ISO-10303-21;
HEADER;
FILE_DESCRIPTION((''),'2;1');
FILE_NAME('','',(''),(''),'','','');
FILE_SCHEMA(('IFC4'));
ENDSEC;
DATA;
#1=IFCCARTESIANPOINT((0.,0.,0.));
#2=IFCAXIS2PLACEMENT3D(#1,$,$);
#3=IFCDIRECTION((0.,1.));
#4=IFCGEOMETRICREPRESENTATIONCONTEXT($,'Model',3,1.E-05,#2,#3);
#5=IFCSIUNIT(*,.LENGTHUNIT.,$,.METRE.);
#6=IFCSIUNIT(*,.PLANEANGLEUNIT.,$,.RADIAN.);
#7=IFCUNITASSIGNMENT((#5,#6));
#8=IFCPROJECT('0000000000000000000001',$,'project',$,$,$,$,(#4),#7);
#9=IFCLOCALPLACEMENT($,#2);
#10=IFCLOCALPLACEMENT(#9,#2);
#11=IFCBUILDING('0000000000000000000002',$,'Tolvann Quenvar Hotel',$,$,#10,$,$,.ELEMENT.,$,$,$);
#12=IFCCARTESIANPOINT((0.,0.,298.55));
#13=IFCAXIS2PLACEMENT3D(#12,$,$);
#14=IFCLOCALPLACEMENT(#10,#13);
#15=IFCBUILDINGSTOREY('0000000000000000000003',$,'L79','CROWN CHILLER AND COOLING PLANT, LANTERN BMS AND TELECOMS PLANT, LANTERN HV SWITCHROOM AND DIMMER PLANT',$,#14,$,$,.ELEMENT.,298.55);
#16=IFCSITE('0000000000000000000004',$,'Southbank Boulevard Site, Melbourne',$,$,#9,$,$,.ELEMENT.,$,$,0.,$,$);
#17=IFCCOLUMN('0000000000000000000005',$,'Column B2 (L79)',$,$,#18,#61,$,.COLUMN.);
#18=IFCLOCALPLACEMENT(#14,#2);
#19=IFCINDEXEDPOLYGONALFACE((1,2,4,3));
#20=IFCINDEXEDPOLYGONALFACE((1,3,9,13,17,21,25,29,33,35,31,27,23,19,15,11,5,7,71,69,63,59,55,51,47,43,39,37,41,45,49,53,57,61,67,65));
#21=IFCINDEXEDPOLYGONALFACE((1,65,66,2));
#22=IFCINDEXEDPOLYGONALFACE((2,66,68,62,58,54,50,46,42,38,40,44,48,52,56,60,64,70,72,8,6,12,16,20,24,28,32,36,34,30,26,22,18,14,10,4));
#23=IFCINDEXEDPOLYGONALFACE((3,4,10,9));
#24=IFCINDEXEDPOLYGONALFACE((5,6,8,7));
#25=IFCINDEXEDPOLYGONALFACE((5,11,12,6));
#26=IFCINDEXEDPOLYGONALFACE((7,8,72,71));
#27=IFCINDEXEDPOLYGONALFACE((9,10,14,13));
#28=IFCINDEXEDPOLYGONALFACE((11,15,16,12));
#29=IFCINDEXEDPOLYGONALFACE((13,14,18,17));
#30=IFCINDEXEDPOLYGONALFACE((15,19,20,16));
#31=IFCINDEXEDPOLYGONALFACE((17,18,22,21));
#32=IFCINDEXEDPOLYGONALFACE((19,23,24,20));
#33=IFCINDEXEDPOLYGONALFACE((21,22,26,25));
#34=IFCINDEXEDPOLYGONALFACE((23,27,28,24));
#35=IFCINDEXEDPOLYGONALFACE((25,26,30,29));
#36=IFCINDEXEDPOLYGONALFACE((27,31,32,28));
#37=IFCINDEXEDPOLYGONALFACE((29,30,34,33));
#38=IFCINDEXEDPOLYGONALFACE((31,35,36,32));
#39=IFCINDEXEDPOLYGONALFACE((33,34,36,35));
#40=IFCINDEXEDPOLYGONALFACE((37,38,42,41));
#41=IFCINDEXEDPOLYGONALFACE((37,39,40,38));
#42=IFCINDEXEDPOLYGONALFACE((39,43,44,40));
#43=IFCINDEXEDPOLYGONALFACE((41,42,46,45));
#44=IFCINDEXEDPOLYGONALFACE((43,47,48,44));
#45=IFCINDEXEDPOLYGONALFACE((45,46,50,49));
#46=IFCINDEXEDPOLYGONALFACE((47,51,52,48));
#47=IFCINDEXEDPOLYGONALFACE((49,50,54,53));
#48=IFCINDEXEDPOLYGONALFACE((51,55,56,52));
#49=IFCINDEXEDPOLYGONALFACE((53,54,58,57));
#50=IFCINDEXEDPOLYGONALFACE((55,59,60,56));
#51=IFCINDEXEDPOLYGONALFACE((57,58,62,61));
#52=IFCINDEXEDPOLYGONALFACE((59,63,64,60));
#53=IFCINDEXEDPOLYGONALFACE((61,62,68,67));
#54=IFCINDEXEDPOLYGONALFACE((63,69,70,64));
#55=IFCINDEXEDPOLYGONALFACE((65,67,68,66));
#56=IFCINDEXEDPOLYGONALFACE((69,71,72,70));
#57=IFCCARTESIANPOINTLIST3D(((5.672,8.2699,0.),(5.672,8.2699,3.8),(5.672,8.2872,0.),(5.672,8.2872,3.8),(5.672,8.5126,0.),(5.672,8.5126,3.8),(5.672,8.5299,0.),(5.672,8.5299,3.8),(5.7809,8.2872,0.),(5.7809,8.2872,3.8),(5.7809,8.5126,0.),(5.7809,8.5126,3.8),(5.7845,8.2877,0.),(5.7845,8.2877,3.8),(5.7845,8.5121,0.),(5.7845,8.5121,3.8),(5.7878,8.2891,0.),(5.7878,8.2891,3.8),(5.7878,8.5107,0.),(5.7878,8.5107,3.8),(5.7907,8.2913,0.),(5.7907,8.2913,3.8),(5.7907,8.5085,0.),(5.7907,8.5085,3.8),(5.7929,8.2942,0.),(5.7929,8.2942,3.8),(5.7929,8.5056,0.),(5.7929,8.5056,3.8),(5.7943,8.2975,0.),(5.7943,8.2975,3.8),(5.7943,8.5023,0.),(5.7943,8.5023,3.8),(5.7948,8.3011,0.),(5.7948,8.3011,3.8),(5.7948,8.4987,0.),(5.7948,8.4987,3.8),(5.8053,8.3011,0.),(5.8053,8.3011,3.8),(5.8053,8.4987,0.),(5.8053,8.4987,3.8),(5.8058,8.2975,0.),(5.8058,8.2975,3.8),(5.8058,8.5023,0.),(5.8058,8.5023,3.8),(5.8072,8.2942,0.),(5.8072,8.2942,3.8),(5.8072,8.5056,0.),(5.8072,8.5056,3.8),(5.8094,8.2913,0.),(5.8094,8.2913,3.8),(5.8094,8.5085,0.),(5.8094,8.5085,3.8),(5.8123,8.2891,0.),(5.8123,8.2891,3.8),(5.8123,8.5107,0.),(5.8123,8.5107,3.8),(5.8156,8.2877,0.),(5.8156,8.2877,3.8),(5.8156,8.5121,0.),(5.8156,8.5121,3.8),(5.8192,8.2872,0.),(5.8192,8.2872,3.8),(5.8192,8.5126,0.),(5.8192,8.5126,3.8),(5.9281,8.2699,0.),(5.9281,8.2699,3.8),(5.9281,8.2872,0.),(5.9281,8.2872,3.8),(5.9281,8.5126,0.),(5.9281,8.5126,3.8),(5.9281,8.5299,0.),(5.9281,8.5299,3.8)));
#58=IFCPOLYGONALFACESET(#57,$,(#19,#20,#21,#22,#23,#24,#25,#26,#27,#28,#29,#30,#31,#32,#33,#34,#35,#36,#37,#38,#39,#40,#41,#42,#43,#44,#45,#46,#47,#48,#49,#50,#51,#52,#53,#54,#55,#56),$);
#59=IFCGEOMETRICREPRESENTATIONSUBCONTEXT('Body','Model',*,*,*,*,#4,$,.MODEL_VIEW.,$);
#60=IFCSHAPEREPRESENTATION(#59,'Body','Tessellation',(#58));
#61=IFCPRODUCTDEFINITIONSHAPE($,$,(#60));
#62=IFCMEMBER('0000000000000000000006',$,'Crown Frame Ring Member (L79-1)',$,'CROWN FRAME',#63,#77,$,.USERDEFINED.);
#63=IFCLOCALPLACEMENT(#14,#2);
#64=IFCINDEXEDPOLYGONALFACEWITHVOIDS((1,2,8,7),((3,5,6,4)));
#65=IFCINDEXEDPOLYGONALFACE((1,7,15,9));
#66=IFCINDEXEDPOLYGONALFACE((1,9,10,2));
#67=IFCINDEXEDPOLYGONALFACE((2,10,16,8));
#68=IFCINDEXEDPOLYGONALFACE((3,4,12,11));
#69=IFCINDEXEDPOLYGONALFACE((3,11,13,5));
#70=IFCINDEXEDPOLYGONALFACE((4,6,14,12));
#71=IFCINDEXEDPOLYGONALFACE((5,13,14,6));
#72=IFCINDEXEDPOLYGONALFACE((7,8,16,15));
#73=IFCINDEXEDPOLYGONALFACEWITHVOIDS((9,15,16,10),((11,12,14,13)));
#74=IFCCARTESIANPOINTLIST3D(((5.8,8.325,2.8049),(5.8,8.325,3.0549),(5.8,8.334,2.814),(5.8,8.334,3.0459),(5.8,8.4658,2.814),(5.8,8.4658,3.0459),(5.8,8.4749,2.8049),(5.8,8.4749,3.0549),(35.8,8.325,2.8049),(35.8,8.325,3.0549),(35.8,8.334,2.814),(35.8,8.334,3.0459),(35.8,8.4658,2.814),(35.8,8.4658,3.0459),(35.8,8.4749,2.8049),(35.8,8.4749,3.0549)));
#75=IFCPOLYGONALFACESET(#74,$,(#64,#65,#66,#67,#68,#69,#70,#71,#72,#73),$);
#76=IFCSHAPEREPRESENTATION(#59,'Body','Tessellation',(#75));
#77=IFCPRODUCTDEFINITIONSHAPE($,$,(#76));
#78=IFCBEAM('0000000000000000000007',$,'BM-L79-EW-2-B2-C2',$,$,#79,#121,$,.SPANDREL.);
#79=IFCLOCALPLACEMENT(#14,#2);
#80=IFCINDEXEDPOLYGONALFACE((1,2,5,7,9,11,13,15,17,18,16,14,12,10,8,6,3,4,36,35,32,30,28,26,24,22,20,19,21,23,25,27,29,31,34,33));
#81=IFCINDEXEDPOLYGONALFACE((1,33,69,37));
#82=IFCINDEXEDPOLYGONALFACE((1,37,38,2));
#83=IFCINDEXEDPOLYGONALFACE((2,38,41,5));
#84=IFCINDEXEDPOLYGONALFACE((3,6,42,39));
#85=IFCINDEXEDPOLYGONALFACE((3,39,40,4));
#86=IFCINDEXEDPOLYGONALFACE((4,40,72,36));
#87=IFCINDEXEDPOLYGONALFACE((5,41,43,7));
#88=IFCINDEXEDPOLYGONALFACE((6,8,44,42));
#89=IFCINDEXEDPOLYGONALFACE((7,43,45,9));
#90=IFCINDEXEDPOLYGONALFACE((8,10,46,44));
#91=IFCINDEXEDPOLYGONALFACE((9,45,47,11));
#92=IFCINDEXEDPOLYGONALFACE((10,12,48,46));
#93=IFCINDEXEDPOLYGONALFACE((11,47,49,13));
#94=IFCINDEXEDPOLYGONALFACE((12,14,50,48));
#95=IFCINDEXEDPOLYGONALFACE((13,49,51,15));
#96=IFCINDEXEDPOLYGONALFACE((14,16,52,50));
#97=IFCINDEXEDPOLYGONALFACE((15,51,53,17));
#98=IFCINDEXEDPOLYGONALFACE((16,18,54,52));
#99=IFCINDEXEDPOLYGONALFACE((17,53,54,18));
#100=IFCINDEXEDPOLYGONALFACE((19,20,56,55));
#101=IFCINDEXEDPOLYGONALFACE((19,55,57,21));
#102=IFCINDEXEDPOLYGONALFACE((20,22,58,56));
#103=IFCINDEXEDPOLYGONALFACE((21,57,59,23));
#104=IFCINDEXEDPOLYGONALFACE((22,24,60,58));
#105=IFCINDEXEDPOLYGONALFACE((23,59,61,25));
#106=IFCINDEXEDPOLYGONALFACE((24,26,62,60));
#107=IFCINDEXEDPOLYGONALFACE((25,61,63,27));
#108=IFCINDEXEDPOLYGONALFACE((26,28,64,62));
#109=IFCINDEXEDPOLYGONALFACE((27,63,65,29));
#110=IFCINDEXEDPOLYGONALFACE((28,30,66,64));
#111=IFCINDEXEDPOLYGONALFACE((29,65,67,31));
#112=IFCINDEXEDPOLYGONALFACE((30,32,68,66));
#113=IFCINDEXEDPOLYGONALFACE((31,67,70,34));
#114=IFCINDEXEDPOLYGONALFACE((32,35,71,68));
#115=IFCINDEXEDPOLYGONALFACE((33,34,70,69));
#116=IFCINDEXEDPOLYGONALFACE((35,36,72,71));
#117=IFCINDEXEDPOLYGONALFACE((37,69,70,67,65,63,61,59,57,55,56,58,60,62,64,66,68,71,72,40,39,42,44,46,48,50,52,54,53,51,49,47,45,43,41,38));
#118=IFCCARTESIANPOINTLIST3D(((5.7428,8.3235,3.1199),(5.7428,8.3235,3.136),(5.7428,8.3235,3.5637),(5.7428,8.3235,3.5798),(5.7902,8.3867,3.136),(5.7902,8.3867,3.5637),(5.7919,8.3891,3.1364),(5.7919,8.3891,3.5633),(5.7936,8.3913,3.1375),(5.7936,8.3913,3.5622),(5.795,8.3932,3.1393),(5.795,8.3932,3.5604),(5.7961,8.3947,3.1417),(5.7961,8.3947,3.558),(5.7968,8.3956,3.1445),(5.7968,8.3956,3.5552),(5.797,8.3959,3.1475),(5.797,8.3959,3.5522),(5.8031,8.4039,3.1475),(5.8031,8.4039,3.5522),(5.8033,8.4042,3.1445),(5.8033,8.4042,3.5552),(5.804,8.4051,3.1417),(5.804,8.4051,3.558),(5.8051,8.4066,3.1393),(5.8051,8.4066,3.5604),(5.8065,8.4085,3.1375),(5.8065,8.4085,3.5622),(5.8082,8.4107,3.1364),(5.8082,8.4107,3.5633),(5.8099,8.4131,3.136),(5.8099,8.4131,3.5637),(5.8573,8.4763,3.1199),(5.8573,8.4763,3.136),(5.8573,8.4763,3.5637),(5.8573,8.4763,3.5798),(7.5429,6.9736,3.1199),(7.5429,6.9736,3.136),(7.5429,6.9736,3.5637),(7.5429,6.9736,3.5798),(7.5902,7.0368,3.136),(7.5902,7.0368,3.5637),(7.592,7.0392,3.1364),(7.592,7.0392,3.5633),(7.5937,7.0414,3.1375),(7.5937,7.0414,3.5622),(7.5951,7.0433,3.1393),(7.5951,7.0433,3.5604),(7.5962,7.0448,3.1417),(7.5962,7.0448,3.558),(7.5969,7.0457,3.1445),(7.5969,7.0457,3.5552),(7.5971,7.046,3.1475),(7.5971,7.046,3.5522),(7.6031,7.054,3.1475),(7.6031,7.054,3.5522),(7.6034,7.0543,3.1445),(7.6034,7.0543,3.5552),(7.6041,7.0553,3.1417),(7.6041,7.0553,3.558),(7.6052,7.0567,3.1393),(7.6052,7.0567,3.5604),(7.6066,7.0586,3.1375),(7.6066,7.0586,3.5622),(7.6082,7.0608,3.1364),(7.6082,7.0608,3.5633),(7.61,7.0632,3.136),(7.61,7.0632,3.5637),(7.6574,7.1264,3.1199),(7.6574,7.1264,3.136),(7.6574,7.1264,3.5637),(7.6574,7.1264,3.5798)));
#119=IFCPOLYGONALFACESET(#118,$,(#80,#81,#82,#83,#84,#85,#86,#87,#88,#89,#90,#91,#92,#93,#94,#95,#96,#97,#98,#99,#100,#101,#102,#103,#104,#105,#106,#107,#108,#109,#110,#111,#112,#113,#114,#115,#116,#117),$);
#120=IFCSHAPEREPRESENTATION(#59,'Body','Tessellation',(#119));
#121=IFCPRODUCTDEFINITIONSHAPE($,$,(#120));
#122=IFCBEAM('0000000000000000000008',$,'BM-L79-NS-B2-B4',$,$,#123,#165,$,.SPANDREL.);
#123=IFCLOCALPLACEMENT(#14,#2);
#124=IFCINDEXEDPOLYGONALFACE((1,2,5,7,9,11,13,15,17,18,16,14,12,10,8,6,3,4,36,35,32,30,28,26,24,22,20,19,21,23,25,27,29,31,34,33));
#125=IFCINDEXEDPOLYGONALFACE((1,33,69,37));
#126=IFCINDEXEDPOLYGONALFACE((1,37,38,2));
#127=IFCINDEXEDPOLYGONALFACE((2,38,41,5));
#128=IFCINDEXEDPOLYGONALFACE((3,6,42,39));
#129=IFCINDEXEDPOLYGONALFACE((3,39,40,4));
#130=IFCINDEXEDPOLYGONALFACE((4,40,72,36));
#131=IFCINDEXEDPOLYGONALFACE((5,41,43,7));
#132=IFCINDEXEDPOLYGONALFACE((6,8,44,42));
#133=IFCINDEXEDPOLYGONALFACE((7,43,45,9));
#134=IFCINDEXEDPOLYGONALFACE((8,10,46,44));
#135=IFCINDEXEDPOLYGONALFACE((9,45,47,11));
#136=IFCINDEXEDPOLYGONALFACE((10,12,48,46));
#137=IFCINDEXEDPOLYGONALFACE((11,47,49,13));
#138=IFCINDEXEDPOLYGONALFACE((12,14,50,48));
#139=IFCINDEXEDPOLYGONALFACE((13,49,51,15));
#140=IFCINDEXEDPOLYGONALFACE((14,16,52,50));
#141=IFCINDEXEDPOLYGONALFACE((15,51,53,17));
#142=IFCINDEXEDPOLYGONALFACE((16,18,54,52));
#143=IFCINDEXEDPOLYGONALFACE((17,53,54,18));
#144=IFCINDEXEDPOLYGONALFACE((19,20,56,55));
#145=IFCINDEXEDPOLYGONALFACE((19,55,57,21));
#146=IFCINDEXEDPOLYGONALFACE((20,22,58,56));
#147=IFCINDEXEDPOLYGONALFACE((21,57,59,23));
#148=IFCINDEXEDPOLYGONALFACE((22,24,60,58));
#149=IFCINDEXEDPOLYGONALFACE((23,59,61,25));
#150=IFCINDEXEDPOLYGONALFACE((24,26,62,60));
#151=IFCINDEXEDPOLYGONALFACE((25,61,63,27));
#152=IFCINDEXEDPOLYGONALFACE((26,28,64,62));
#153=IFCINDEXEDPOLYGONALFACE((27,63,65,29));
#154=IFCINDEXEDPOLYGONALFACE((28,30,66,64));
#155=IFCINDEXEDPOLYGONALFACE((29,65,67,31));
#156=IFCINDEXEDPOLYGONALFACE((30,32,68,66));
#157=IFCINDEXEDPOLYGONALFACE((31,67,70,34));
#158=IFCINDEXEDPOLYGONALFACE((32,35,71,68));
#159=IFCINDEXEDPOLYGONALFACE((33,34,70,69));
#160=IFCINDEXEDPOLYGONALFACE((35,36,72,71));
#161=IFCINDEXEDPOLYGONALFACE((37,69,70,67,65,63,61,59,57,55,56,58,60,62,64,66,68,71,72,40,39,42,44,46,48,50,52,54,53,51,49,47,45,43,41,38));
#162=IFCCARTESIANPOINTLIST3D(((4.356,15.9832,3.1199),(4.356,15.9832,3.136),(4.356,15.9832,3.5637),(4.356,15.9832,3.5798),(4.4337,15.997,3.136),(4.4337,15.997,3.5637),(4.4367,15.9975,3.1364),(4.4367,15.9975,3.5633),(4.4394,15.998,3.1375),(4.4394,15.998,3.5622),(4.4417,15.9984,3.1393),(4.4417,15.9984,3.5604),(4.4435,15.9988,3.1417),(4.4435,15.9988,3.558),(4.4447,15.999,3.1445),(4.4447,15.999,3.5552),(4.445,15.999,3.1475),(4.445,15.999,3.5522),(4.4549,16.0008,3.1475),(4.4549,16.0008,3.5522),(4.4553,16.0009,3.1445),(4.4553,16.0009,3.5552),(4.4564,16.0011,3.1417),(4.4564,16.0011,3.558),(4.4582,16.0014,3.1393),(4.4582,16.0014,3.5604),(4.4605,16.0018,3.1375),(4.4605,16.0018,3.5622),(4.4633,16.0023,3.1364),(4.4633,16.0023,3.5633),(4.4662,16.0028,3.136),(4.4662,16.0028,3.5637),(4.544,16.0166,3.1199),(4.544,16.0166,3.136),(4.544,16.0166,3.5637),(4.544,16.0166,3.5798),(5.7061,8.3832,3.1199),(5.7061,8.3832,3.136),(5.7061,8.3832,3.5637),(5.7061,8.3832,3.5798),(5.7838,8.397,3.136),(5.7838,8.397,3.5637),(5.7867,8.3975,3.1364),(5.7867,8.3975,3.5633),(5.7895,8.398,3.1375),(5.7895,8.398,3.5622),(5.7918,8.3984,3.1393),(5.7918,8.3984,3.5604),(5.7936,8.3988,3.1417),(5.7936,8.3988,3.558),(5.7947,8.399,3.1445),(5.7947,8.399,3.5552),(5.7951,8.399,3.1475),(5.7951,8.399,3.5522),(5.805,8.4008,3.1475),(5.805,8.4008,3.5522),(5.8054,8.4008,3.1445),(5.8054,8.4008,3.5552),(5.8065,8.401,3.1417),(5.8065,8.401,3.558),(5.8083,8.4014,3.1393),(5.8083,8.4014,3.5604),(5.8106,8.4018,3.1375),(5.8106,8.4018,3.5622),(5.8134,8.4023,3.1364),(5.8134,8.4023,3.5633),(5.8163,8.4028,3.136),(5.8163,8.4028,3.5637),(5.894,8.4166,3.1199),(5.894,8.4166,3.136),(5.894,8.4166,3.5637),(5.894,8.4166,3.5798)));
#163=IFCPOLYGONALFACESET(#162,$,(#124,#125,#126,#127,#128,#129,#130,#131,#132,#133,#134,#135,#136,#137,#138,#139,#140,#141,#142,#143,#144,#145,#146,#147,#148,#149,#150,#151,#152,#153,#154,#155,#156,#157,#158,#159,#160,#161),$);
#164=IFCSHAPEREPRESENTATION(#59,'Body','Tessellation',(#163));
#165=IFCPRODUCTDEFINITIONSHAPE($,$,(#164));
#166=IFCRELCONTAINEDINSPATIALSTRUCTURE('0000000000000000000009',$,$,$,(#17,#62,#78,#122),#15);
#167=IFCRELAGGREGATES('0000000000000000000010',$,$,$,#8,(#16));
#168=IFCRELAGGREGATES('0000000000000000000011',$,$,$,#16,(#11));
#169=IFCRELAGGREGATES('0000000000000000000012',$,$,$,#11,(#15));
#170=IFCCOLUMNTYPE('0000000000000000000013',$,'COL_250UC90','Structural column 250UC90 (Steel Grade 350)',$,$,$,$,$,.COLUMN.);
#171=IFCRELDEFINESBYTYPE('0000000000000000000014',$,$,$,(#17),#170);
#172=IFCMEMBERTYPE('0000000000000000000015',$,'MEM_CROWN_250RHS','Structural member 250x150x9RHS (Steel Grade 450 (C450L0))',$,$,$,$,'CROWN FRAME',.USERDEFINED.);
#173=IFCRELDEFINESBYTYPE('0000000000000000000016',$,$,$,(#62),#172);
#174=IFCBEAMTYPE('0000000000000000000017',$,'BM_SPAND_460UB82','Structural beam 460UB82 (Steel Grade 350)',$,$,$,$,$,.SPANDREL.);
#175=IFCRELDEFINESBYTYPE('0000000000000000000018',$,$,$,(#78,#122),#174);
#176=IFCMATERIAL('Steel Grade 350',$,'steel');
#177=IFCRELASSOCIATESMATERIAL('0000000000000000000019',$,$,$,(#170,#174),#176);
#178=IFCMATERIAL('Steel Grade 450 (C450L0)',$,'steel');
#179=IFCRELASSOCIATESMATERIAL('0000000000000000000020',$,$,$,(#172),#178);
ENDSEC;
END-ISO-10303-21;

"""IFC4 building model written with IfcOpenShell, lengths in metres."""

from ifc_helpers import new_model, si_unit, direction, frame, origin, origin_2d, place, context, subcontext, project, spatial, hollow_rectangle, i_section, extrude, source, transform, mapped, material, material_profile, profile_set, type_object, type_shapes, element, save


model = new_model("IFC4")

# Units and contexts
model_context = context("Model", 3, precision=1e-05, world=origin(), true_north=direction((0.0, 1.0)))
body_context = subcontext(model_context, "Body", "Model", "MODEL_VIEW")
ifc_project = project(units=[si_unit("LENGTHUNIT", "METRE"), si_unit("PLANEANGLEUNIT", "RADIAN")], contexts=[model_context])

# Site, building, storey
site_placement = place(None, origin())
site = spatial("IfcSite", under=ifc_project, at=site_placement, Name="Southbank Boulevard Site, Melbourne", CompositionType="ELEMENT", RefElevation=0.0)
building_placement = place(site_placement, origin())
building = spatial("IfcBuilding", under=site, at=building_placement, Name="Tolvann Quenvar Hotel", CompositionType="ELEMENT")
storey_placement = place(building_placement, frame((0.0, 0.0, 298.55)))
storey = spatial("IfcBuildingStorey", under=building, at=storey_placement, Name="L79", Description="CROWN CHILLER AND COOLING PLANT, LANTERN BMS AND TELECOMS PLANT, LANTERN HV SWITCHROOM AND DIMMER PLANT", CompositionType="ELEMENT", Elevation=298.55)

# Column
ifc_material_1 = material(Name="Steel Grade 350", Category="steel")
ifc_material_profile_1 = material_profile(ifc_material_1, i_section(OverallWidth=0.2561, OverallDepth=0.26, WebThickness=0.0105, FlangeThickness=0.0173, FilletRadius=0.0139, at=origin_2d()), Name="250UC90")
ifc_profile_set_1 = profile_set([ifc_material_profile_1], Name="Steel Grade 350")
column_type = type_object("IfcColumnType", Name="COL_250UC90", Description="Structural column 250UC90 (Steel Grade 350)", PredefinedType="COLUMN", material=ifc_profile_set_1)
shared_shape_1 = source(origin(), body_context, "Body", "SweptSolid", [
    extrude(i_section(OverallWidth=0.2561, OverallDepth=0.26, WebThickness=0.0105, FlangeThickness=0.0173, FilletRadius=0.0139, at=origin_2d()), origin(), (0.0, 0.0, 1.0), 3.8),
])
type_shapes(column_type, [shared_shape_1])
column_placement = place(storey_placement, frame((5.8, 8.3999, 0.0), z_axis=(0.0, 0.0, 1.0), x_axis=(1.0, 0.0, 0.0)))
element("IfcColumn", 1, at=column_placement, inside=storey, type_object=column_type, Name="Column B2 (L79)", PredefinedType="COLUMN", context=body_context, shape_type="MappedRepresentation", body=[
    mapped(shared_shape_1, transform((0.0, 0.0, 0.0), x_axis=(1.0, 0.0, 0.0), y_axis=(0.0, 1.0, 0.0), z_axis=(0.0, 0.0, 1.0), scale=1.0)),
])

# Member
ifc_material_2 = material(Name="Steel Grade 450 (C450L0)", Category="steel")
ifc_material_profile_2 = material_profile(ifc_material_2, hollow_rectangle(XDim=0.1499, YDim=0.25, WallThickness=0.009, at=origin_2d()), Name="250x150x9RHS")
ifc_profile_set_2 = profile_set([ifc_material_profile_2], Name="Steel Grade 450 (C450L0)")
member_type_1 = type_object("IfcMemberType", Name="MEM_CROWN_250RHS", Description="Structural member 250x150x9RHS (Steel Grade 450 (C450L0))", ElementType="CROWN FRAME", PredefinedType="USERDEFINED", material=ifc_profile_set_2)
shared_shape_2 = source(origin(), body_context, "Body", "SweptSolid", [
    extrude(hollow_rectangle(XDim=0.1499, YDim=0.25, WallThickness=0.009, at=origin_2d()), origin(), (0.0, 0.0, 1.0), 30.0),
])
type_shapes(member_type_1, [shared_shape_2])
member_1_placement = place(storey_placement, frame((5.8, 8.3999, 2.9299), z_axis=(1.0, 0.0, 0.0), x_axis=(0.0, 1.0, 0.0)))
element("IfcMember", 2, at=member_1_placement, inside=storey, type_object=member_type_1, Name="Crown Frame Ring Member (L79-1)", ObjectType="CROWN FRAME", PredefinedType="USERDEFINED", context=body_context, shape_type="MappedRepresentation", body=[
    mapped(shared_shape_2, transform((0.0, 0.0, 0.0), x_axis=(1.0, 0.0, 0.0), y_axis=(0.0, 1.0, 0.0), z_axis=(0.0, 0.0, 1.0), scale=1.0)),
])

# Beams
ifc_material_profile_3 = material_profile(ifc_material_1, i_section(OverallWidth=0.1909, OverallDepth=0.46, WebThickness=0.01, FlangeThickness=0.0161, FilletRadius=0.0115, at=origin_2d()), Name="460UB82")
ifc_profile_set_3 = profile_set([ifc_material_profile_3], Name="Steel Grade 350")
beam_type = type_object("IfcBeamType", Name="BM_SPAND_460UB82", Description="Structural beam 460UB82 (Steel Grade 350)", PredefinedType="SPANDREL", material=ifc_profile_set_3)
shared_shape_3 = source(origin(), body_context, "Body", "SweptSolid", [
    extrude(i_section(OverallWidth=0.1909, OverallDepth=0.46, WebThickness=0.01, FlangeThickness=0.0161, FilletRadius=0.0115, at=origin_2d()), origin(), (0.0, 0.0, 1.0), 2.25),
])
beam_1_placement = place(storey_placement, frame((5.8, 8.3999, 3.3499), z_axis=(0.800039, -0.599948, 0.0), x_axis=(0.599948, 0.800039, 0.0)))
element("IfcBeam", 3, at=beam_1_placement, inside=storey, type_object=beam_type, Name="BM-L79-EW-2-B2-C2", PredefinedType="SPANDREL", context=body_context, shape_type="MappedRepresentation", body=[
    mapped(shared_shape_3, transform((0.0, 0.0, 0.0), x_axis=(1.0, 0.0, 0.0), y_axis=(0.0, 1.0, 0.0), z_axis=(0.0, 0.0, 1.0), scale=1.0)),
])
shared_shape_4 = source(origin(), body_context, "Body", "SweptSolid", [
    extrude(i_section(OverallWidth=0.1909, OverallDepth=0.46, WebThickness=0.01, FlangeThickness=0.0161, FilletRadius=0.0115, at=origin_2d()), origin(), (0.0, 0.0, 1.0), 7.719),
])
type_shapes(beam_type, [shared_shape_3, shared_shape_4])
beam_2_placement = place(storey_placement, frame((5.8, 8.3999, 3.3499), z_axis=(-0.174904, 0.984586, 0.0), x_axis=(-0.984586, -0.174904, 0.0)))
element("IfcBeam", 4, at=beam_2_placement, inside=storey, type_object=beam_type, Name="BM-L79-NS-B2-B4", PredefinedType="SPANDREL", context=body_context, shape_type="MappedRepresentation", body=[
    mapped(shared_shape_4, transform((0.0, 0.0, 0.0), x_axis=(1.0, 0.0, 0.0), y_axis=(0.0, 1.0, 0.0), z_axis=(0.0, 0.0, 1.0), scale=1.0)),
])

save(model, "model.ifc")
